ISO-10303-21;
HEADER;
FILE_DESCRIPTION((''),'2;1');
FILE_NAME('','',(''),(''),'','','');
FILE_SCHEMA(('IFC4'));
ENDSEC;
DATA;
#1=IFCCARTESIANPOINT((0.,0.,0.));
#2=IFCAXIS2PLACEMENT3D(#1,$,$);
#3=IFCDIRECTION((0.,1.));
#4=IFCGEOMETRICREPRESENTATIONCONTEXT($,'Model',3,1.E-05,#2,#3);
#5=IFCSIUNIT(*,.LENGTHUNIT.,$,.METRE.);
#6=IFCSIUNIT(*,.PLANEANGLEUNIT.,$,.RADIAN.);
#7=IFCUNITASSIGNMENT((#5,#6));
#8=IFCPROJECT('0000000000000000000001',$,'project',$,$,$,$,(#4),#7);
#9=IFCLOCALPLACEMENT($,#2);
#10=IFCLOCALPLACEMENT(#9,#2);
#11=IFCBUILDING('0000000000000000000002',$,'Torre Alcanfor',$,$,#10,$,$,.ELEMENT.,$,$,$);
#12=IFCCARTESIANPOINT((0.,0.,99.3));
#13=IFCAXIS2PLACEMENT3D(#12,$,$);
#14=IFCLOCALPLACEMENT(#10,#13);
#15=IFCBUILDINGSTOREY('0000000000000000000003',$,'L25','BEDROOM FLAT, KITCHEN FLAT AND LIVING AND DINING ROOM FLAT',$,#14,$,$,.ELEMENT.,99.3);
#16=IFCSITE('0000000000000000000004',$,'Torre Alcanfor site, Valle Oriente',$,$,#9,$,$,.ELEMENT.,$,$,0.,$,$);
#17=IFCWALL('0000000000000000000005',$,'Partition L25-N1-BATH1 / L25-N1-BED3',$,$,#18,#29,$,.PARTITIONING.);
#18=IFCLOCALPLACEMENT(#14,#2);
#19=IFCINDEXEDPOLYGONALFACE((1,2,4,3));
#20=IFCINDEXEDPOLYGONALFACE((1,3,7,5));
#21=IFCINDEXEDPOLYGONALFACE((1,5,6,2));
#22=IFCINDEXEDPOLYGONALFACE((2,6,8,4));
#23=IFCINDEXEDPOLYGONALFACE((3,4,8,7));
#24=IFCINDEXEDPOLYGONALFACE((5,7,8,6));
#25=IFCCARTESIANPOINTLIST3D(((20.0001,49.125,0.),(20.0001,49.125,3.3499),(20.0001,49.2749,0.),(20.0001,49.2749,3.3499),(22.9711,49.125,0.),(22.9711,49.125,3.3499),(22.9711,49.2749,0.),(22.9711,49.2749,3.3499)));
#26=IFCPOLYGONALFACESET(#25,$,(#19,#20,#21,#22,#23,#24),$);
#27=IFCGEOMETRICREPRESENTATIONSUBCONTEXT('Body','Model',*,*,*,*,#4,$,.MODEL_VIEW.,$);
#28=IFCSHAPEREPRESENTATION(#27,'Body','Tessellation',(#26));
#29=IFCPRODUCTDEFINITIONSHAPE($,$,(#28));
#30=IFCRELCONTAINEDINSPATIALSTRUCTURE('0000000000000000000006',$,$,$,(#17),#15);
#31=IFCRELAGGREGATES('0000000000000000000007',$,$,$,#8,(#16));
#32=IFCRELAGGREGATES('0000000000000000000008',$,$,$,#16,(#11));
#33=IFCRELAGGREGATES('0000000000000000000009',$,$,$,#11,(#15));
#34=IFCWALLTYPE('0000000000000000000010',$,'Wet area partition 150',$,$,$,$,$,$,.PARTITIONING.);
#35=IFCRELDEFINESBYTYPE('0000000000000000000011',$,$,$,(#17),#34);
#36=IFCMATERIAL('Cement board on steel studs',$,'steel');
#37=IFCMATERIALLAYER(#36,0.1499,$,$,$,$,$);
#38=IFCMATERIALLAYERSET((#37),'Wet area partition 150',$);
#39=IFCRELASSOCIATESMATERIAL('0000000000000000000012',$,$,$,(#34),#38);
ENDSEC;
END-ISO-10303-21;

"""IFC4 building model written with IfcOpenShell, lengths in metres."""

from ifc_helpers import new_model, si_unit, direction, frame, frame_2d, origin, place, context, subcontext, project, spatial, rectangle, extrude, material, layer, layer_set, type_object, element, save


model = new_model("IFC4")

# Units and contexts
model_context = context("Model", 3, precision=1e-05, world=origin(), true_north=direction((0.0, 1.0)))
body_context = subcontext(model_context, "Body", "Model", "MODEL_VIEW")
ifc_project = project(units=[si_unit("LENGTHUNIT", "METRE"), si_unit("PLANEANGLEUNIT", "RADIAN")], contexts=[model_context])

# Site, building, storey
site_placement = place(None, origin())
site = spatial("IfcSite", under=ifc_project, at=site_placement, Name="Torre Alcanfor site, Valle Oriente", CompositionType="ELEMENT", RefElevation=0.0)
building_placement = place(site_placement, origin())
building = spatial("IfcBuilding", under=site, at=building_placement, Name="Torre Alcanfor", CompositionType="ELEMENT")
storey_placement = place(building_placement, frame((0.0, 0.0, 99.3)))
storey = spatial("IfcBuildingStorey", under=building, at=storey_placement, Name="L25", Description="BEDROOM FLAT, KITCHEN FLAT AND LIVING AND DINING ROOM FLAT", CompositionType="ELEMENT", Elevation=99.3)

# Shared definitions
ifc_material_1 = material(Name="Cement board on steel studs", Category="steel")
ifc_layer_1 = layer(ifc_material_1, 0.1499)
ifc_layer_set_1 = layer_set([ifc_layer_1], Name="Wet area partition 150")
wall_type_1 = type_object("IfcWallType", Name="Wet area partition 150", PredefinedType="PARTITIONING", material=ifc_layer_set_1)

# Wall
for number, where, z_axis, x_axis, name in (
    (1, (22.9709, 49.2, 0.0), (0.0, 0.0, 1.0), (-1.0, 0.0, 0.0), "Partition L25-N1-BATH1 / L25-N1-BED3"),
):
    element("IfcWall", number, at=place(storey_placement, frame(where, z_axis=z_axis, x_axis=x_axis)), inside=storey, type_object=wall_type_1, Name=name, PredefinedType="PARTITIONING", context=body_context, shape_type="SweptSolid", body=[
        extrude(rectangle(XDim=2.9709, YDim=0.1499, at=frame_2d((1.4854, 0.0))), origin(), (0.0, 0.0, 1.0), 3.3499),
    ])

save(model, "model.ifc")
